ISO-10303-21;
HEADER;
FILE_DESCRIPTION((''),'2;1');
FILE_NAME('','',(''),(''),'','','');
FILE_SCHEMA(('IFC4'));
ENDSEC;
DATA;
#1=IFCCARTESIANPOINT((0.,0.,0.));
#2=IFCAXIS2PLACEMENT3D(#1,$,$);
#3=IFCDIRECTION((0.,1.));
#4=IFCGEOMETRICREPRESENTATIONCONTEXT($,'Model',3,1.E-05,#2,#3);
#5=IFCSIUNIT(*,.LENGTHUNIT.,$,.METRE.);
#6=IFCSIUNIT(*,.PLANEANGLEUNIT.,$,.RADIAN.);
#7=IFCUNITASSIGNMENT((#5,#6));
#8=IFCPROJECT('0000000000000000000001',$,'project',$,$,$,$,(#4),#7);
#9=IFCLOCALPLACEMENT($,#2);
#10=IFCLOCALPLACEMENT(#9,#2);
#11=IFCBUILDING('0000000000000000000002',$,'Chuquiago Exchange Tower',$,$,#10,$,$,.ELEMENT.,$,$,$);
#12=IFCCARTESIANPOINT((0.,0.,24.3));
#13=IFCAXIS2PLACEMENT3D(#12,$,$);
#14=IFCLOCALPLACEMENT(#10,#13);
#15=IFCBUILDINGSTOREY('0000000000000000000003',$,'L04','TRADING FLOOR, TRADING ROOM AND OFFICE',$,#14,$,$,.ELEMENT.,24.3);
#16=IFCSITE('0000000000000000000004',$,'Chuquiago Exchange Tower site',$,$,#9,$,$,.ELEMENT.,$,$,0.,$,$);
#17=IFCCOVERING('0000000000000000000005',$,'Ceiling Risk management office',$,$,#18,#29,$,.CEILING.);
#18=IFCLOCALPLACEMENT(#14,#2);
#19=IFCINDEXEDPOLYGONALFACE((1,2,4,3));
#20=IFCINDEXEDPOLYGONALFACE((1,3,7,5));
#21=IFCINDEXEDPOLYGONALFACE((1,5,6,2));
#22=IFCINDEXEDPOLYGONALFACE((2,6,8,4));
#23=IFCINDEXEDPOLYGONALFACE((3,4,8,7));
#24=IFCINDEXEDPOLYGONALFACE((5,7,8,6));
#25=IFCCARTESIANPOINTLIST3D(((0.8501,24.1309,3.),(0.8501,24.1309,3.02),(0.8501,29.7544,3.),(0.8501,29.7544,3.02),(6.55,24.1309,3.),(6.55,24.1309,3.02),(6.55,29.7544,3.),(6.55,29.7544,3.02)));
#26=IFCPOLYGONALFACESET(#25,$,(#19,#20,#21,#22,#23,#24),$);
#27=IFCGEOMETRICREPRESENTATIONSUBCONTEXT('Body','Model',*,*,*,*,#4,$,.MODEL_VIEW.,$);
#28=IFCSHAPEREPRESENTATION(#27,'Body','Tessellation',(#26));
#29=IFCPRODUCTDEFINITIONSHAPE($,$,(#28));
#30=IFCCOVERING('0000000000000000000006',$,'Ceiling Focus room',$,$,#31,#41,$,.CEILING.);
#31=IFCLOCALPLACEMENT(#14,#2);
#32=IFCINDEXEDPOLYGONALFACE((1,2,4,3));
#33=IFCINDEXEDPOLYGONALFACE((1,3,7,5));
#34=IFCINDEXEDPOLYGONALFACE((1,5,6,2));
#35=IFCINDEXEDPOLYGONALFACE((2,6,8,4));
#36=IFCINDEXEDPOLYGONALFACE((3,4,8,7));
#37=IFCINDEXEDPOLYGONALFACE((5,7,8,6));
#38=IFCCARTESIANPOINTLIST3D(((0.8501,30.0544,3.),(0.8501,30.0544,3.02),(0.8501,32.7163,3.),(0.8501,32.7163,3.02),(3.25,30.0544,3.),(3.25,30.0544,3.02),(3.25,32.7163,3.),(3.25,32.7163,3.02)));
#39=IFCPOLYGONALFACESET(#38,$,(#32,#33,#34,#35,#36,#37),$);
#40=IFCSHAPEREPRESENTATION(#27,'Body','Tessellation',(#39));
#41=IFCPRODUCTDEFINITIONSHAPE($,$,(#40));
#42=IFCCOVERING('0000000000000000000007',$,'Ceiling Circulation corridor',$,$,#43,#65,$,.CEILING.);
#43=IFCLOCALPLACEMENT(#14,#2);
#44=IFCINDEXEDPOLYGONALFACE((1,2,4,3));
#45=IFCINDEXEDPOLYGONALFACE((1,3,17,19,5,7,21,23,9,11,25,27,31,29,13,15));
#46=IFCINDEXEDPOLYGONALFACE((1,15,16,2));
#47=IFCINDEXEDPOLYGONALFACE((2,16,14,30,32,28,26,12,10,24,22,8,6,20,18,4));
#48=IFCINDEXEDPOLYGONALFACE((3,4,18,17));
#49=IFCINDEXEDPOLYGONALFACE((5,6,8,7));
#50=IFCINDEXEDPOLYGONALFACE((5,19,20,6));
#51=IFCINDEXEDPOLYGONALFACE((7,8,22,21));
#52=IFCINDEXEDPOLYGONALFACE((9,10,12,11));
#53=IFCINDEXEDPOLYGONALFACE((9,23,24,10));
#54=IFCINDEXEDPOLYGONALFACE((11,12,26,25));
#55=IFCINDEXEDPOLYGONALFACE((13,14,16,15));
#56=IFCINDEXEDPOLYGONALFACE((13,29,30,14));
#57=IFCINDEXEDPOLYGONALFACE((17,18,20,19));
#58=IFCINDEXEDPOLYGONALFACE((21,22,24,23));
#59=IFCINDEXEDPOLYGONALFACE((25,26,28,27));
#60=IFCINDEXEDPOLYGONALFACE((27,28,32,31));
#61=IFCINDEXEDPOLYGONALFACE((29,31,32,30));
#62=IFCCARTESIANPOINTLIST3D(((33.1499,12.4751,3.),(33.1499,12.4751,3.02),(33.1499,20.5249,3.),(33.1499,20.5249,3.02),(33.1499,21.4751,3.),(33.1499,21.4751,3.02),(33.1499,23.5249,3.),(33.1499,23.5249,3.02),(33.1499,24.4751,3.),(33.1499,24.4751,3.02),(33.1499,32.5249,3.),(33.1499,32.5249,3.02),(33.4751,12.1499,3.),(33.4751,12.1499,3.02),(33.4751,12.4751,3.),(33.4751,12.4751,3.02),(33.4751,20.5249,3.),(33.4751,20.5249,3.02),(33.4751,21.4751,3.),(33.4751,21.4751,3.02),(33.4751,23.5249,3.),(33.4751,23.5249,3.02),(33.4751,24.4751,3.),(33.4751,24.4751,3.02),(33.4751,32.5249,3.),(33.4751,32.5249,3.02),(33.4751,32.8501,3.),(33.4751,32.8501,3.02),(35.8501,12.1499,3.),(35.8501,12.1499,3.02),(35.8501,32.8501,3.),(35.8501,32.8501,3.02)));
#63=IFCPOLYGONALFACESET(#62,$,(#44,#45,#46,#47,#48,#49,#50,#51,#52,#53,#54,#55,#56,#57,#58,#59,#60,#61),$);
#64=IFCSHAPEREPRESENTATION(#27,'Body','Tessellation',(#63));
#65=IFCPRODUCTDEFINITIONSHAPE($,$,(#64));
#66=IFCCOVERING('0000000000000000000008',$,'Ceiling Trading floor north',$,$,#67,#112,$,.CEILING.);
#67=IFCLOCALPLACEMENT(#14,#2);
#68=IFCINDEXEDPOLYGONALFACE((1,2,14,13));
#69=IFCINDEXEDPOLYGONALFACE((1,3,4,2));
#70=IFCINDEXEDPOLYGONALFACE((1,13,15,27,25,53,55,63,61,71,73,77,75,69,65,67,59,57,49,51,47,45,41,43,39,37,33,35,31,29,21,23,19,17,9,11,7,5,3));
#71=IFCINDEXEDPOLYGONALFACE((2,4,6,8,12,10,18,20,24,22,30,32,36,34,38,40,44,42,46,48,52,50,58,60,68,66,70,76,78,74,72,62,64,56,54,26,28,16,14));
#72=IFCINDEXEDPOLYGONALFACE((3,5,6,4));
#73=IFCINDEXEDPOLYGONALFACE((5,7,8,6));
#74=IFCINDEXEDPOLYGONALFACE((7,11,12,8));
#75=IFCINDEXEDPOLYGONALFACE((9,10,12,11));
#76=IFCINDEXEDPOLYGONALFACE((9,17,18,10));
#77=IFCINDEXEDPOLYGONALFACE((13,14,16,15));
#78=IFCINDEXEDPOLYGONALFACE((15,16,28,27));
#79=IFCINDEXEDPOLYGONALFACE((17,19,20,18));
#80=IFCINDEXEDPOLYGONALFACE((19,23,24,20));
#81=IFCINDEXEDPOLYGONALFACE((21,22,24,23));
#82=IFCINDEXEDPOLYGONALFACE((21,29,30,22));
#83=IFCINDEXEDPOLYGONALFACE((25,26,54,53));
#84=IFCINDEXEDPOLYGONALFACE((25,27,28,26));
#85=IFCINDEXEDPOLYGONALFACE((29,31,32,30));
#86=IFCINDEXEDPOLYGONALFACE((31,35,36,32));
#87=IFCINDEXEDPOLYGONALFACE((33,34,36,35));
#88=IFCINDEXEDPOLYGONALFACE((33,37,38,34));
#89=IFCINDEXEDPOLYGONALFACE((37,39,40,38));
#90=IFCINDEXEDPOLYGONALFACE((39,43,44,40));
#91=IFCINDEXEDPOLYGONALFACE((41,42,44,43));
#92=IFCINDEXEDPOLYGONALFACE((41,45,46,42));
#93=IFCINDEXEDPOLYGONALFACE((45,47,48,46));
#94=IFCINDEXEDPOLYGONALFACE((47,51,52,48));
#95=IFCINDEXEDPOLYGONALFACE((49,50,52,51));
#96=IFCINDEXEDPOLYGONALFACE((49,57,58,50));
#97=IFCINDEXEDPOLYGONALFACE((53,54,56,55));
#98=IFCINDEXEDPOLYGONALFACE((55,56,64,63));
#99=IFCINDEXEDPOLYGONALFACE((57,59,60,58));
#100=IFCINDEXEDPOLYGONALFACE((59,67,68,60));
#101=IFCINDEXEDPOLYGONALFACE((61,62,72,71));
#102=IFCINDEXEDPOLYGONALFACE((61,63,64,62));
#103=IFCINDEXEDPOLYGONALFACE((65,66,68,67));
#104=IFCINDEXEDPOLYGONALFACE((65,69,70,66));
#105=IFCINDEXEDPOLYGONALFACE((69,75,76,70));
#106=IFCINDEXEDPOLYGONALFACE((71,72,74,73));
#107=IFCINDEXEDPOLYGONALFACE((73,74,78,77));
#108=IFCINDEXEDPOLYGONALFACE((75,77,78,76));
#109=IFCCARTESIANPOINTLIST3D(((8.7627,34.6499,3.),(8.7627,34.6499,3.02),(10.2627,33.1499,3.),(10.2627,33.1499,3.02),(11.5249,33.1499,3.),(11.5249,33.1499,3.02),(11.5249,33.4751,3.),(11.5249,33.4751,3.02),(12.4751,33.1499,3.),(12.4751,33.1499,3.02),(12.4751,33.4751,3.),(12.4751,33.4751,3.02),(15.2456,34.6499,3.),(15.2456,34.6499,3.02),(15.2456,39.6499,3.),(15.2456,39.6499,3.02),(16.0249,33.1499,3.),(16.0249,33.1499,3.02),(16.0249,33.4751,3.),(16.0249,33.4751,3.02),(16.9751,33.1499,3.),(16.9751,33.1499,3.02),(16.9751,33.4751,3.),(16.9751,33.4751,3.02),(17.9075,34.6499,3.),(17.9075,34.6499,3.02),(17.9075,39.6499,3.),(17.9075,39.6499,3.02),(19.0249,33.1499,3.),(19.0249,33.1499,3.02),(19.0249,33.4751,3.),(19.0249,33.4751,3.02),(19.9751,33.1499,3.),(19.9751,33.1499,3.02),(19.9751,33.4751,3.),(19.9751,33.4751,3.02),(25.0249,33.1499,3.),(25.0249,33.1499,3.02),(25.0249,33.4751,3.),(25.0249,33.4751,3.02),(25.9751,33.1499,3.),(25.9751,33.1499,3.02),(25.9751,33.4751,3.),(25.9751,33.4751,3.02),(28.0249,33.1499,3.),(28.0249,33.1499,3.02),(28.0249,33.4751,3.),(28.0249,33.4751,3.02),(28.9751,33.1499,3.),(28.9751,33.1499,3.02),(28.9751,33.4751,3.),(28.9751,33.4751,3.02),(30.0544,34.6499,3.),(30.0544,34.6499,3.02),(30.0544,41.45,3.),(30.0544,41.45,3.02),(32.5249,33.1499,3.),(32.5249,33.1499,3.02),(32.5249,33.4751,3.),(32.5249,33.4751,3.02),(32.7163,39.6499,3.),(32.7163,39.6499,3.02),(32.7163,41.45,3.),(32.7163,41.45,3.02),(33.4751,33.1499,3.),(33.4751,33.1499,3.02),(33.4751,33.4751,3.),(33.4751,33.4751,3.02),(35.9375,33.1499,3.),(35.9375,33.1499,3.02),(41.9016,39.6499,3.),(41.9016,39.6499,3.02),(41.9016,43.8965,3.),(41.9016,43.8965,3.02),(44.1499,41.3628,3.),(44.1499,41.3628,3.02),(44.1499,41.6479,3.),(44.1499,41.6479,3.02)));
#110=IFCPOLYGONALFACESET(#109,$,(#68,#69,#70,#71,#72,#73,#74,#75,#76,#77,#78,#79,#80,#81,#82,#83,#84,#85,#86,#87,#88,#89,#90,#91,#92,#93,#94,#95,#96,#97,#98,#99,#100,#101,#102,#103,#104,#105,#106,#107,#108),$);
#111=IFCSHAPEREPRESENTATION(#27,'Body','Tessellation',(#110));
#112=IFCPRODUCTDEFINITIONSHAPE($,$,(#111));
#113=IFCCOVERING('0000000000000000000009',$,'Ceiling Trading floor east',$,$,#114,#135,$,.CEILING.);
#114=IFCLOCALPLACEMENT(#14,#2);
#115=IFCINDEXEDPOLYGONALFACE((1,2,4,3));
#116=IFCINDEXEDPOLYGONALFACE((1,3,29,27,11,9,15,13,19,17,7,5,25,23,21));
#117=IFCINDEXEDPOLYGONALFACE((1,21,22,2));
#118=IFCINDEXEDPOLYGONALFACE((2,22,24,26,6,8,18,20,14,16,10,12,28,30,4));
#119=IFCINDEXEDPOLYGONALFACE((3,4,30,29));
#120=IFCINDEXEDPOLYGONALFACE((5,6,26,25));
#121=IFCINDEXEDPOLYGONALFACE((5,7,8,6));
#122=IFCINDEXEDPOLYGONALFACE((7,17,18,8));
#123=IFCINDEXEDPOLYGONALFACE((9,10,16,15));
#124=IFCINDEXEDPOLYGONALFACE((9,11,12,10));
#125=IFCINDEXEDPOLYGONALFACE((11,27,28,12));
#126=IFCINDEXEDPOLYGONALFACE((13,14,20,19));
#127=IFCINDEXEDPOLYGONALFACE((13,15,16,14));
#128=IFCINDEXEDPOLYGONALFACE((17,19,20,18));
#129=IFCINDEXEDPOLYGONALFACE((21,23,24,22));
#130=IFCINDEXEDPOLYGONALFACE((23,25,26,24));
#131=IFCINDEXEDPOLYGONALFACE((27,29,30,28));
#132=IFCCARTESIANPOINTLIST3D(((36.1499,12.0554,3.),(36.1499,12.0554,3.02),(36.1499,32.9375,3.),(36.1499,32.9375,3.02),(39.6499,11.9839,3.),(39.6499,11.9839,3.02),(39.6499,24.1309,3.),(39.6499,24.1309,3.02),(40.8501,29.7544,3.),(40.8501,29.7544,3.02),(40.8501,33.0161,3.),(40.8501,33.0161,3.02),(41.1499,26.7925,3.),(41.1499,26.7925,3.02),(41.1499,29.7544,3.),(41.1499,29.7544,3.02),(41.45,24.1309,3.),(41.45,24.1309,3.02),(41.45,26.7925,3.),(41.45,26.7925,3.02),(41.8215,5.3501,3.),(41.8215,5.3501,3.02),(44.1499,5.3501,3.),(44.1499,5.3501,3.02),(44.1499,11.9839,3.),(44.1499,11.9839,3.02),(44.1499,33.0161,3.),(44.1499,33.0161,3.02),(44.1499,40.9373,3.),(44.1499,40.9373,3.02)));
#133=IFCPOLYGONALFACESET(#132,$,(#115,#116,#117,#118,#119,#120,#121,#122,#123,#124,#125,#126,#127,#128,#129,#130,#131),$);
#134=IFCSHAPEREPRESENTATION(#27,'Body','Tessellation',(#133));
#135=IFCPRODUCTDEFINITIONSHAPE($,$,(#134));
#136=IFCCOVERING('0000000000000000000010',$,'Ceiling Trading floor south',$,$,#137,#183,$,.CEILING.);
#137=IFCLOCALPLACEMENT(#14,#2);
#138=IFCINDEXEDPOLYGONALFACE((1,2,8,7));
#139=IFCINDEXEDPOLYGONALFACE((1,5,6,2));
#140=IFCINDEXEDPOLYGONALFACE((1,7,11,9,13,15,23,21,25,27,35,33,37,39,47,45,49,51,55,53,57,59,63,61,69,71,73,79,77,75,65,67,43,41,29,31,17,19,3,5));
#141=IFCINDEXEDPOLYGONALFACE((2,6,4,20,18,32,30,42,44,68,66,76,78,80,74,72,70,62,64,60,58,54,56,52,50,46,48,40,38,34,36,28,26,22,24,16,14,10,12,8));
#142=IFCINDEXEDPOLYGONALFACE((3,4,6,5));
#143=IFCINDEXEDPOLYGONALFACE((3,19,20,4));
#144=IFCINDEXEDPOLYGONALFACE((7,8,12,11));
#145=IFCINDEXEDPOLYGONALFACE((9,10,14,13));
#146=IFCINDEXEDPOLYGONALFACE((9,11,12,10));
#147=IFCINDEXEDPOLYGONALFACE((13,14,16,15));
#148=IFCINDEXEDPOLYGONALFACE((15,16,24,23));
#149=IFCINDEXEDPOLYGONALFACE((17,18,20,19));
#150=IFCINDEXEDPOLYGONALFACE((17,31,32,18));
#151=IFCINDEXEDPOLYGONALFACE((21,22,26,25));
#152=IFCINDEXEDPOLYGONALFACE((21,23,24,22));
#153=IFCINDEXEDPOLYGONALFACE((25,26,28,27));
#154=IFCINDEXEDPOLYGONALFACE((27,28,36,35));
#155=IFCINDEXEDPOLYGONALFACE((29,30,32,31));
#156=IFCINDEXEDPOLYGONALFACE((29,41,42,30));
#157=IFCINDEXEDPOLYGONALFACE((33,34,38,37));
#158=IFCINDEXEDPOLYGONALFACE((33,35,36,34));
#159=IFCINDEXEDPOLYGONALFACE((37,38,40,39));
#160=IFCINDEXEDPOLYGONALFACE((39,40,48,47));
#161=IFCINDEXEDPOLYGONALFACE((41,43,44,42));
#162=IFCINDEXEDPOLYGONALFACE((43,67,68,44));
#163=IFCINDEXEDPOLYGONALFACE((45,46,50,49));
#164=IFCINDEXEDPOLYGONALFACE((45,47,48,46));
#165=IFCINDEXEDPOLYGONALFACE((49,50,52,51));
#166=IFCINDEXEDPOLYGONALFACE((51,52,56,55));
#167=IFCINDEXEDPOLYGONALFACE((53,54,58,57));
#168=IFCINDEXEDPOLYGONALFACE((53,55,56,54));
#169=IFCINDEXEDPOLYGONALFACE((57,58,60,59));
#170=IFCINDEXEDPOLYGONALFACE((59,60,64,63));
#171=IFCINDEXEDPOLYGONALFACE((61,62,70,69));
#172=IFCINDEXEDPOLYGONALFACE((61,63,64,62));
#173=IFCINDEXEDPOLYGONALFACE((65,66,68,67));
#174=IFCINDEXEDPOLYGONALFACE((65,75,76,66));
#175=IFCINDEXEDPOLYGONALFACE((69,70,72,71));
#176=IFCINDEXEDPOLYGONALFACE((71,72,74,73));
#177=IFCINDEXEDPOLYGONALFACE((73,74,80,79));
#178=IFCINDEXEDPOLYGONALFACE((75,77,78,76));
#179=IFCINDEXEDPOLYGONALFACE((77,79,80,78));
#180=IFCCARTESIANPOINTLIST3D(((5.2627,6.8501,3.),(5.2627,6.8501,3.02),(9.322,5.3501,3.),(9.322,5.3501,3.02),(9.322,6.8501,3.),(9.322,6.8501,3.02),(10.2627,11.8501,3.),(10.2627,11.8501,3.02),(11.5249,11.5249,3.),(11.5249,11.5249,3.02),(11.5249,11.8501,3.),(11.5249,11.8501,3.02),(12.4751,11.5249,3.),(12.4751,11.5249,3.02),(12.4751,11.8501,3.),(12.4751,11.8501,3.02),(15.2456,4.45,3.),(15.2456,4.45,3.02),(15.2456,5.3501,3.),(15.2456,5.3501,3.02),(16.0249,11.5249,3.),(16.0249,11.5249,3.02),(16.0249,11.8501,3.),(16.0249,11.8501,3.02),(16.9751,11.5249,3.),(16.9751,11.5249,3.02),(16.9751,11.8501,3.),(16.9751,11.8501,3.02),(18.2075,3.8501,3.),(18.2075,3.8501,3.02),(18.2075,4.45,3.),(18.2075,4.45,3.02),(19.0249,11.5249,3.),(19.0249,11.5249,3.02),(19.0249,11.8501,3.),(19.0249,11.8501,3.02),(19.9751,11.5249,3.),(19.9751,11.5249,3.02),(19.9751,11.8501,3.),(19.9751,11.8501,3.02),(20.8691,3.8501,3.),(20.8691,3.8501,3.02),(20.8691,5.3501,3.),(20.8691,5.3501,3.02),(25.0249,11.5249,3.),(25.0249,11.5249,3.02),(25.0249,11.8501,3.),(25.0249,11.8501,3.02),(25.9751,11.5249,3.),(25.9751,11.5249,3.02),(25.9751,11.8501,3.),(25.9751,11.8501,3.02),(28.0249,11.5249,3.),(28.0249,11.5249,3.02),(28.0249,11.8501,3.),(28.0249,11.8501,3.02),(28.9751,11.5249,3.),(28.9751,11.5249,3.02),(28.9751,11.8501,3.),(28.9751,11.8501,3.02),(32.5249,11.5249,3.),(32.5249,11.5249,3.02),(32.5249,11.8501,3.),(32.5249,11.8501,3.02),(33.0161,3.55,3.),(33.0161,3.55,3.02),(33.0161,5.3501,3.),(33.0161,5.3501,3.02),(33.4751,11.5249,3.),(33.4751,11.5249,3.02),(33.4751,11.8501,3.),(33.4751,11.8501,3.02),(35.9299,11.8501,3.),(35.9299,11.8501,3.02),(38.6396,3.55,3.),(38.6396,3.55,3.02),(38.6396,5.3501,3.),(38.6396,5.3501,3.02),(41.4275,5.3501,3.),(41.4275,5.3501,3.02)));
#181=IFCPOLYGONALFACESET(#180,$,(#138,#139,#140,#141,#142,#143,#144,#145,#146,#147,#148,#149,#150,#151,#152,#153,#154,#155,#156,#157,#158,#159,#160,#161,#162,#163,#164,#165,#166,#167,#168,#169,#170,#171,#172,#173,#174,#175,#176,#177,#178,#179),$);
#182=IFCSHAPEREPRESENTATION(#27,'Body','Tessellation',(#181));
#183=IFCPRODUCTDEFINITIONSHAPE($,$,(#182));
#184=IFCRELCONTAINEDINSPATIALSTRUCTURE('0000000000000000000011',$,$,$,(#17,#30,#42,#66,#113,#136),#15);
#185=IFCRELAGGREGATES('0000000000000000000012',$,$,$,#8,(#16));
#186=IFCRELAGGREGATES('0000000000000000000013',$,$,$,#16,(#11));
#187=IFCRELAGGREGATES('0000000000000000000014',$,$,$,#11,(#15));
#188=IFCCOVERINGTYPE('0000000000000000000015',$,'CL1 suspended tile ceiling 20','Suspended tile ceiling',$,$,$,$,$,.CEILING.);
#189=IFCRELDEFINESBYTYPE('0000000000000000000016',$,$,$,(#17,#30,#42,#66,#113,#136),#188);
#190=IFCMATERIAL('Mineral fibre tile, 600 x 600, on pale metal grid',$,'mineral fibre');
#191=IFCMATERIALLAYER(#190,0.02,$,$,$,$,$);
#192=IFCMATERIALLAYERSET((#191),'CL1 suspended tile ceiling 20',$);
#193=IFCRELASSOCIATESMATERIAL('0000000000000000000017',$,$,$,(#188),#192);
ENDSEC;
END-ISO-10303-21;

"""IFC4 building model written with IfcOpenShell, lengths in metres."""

from ifc_helpers import new_model, si_unit, direction, frame, origin, place, context, subcontext, project, spatial, polyline, outline, extrude, material, layer, layer_set, type_object, element, save


model = new_model("IFC4")

# Units and contexts
model_context = context("Model", 3, precision=1e-05, world=origin(), true_north=direction((0.0, 1.0)))
body_context = subcontext(model_context, "Body", "Model", "MODEL_VIEW")
ifc_project = project(units=[si_unit("LENGTHUNIT", "METRE"), si_unit("PLANEANGLEUNIT", "RADIAN")], contexts=[model_context])

# Site, building, storey
site_placement = place(None, origin())
site = spatial("IfcSite", under=ifc_project, at=site_placement, Name="Chuquiago Exchange Tower site", CompositionType="ELEMENT", RefElevation=0.0)
building_placement = place(site_placement, origin())
building = spatial("IfcBuilding", under=site, at=building_placement, Name="Chuquiago Exchange Tower", CompositionType="ELEMENT")
storey_placement = place(building_placement, frame((0.0, 0.0, 24.3)))
storey = spatial("IfcBuildingStorey", under=building, at=storey_placement, Name="L04", Description="TRADING FLOOR, TRADING ROOM AND OFFICE", CompositionType="ELEMENT", Elevation=24.3)

# Coverings
ifc_material_1 = material(Name="Mineral fibre tile, 600 x 600, on pale metal grid", Category="mineral fibre")
ifc_layer_1 = layer(ifc_material_1, 0.02)
ifc_layer_set_1 = layer_set([ifc_layer_1], Name="CL1 suspended tile ceiling 20")
covering_type_1 = type_object("IfcCoveringType", Name="CL1 suspended tile ceiling 20", Description="Suspended tile ceiling", PredefinedType="CEILING", material=ifc_layer_set_1)
covering_1_placement = place(storey_placement, frame((0.0, 0.0, 3.0)))
element("IfcCovering", 1, at=covering_1_placement, inside=storey, type_object=covering_type_1, Name="Ceiling Risk management office", PredefinedType="CEILING", context=body_context, shape_type="SweptSolid", body=[
    extrude(outline(polyline([(6.55, 29.7544), (6.55, 24.1309), (0.8501, 24.1309), (0.8501, 29.7544), (6.55, 29.7544)])), origin(), (0.0, 0.0, 1.0), 0.02),
])
covering_2_placement = place(storey_placement, frame((0.0, 0.0, 3.0)))
element("IfcCovering", 2, at=covering_2_placement, inside=storey, type_object=covering_type_1, Name="Ceiling Focus room", PredefinedType="CEILING", context=body_context, shape_type="SweptSolid", body=[
    extrude(outline(polyline([(3.25, 32.7163), (3.25, 30.0544), (0.8501, 30.0544), (0.8501, 32.7163), (3.25, 32.7163)])), origin(), (0.0, 0.0, 1.0), 0.02),
])
covering_3_placement = place(storey_placement, frame((0.0, 0.0, 3.0)))
element("IfcCovering", 3, at=covering_3_placement, inside=storey, type_object=covering_type_1, Name="Ceiling Circulation corridor", PredefinedType="CEILING", context=body_context, shape_type="SweptSolid", body=[
    extrude(outline(polyline([(35.8501, 32.8501), (35.8501, 12.1499), (33.4751, 12.1499), (33.4751, 12.4751), (33.1499, 12.4751), (33.1499, 20.5249), (33.4751, 20.5249), (33.4751, 21.4751), (33.1499, 21.4751), (33.1499, 23.5249), (33.4751, 23.5249), (33.4751, 24.4751), (33.1499, 24.4751), (33.1499, 32.5249), (33.4751, 32.5249), (33.4751, 32.8501), (35.8501, 32.8501)])), origin(), (0.0, 0.0, 1.0), 0.02),
])
covering_4_placement = place(storey_placement, frame((0.0, 0.0, 3.0)))
element("IfcCovering", 4, at=covering_4_placement, inside=storey, type_object=covering_type_1, Name="Ceiling Trading floor north", PredefinedType="CEILING", context=body_context, shape_type="SweptSolid", body=[
    extrude(outline(polyline([(15.2456, 39.6499), (17.9075, 39.6499), (17.9075, 34.6499), (30.0544, 34.6499), (30.0544, 41.45), (32.7163, 41.45), (32.7163, 39.6499), (41.9016, 39.6499), (41.9016, 43.8965), (44.1499, 41.6479), (44.1499, 41.3628), (35.9375, 33.1499), (33.4751, 33.1499), (33.4751, 33.4751), (32.5249, 33.4751), (32.5249, 33.1499), (28.9751, 33.1499), (28.9751, 33.4751), (28.0249, 33.4751), (28.0249, 33.1499), (25.9751, 33.1499), (25.9751, 33.4751), (25.0249, 33.4751), (25.0249, 33.1499), (19.9751, 33.1499), (19.9751, 33.4751), (19.0249, 33.4751), (19.0249, 33.1499), (16.9751, 33.1499), (16.9751, 33.4751), (16.0249, 33.4751), (16.0249, 33.1499), (12.4751, 33.1499), (12.4751, 33.4751), (11.5249, 33.4751), (11.5249, 33.1499), (10.2627, 33.1499), (8.7627, 34.6499), (15.2456, 34.6499), (15.2456, 39.6499)])), origin(), (0.0, 0.0, 1.0), 0.02),
])
covering_5_placement = place(storey_placement, frame((0.0, 0.0, 3.0)))
element("IfcCovering", 5, at=covering_5_placement, inside=storey, type_object=covering_type_1, Name="Ceiling Trading floor east", PredefinedType="CEILING", context=body_context, shape_type="SweptSolid", body=[
    extrude(outline(polyline([(40.8501, 33.0161), (40.8501, 29.7544), (41.1499, 29.7544), (41.1499, 26.7925), (41.45, 26.7925), (41.45, 24.1309), (39.6499, 24.1309), (39.6499, 11.9839), (44.1499, 11.9839), (44.1499, 5.3501), (41.8215, 5.3501), (36.1499, 12.0554), (36.1499, 32.9375), (44.1499, 40.9373), (44.1499, 33.0161), (40.8501, 33.0161)])), origin(), (0.0, 0.0, 1.0), 0.02),
])
covering_6_placement = place(storey_placement, frame((0.0, 0.0, 3.0)))
element("IfcCovering", 6, at=covering_6_placement, inside=storey, type_object=covering_type_1, Name="Ceiling Trading floor south", PredefinedType="CEILING", context=body_context, shape_type="SweptSolid", body=[
    extrude(outline(polyline([(38.6396, 3.55), (33.0161, 3.55), (33.0161, 5.3501), (20.8691, 5.3501), (20.8691, 3.8501), (18.2075, 3.8501), (18.2075, 4.45), (15.2456, 4.45), (15.2456, 5.3501), (9.322, 5.3501), (9.322, 6.8501), (5.2627, 6.8501), (10.2627, 11.8501), (11.5249, 11.8501), (11.5249, 11.5249), (12.4751, 11.5249), (12.4751, 11.8501), (16.0249, 11.8501), (16.0249, 11.5249), (16.9751, 11.5249), (16.9751, 11.8501), (19.0249, 11.8501), (19.0249, 11.5249), (19.9751, 11.5249), (19.9751, 11.8501), (25.0249, 11.8501), (25.0249, 11.5249), (25.9751, 11.5249), (25.9751, 11.8501), (28.0249, 11.8501), (28.0249, 11.5249), (28.9751, 11.5249), (28.9751, 11.8501), (32.5249, 11.8501), (32.5249, 11.5249), (33.4751, 11.5249), (33.4751, 11.8501), (35.9299, 11.8501), (41.4275, 5.3501), (38.6396, 5.3501), (38.6396, 3.55)])), origin(), (0.0, 0.0, 1.0), 0.02),
])

save(model, "model.ifc")
